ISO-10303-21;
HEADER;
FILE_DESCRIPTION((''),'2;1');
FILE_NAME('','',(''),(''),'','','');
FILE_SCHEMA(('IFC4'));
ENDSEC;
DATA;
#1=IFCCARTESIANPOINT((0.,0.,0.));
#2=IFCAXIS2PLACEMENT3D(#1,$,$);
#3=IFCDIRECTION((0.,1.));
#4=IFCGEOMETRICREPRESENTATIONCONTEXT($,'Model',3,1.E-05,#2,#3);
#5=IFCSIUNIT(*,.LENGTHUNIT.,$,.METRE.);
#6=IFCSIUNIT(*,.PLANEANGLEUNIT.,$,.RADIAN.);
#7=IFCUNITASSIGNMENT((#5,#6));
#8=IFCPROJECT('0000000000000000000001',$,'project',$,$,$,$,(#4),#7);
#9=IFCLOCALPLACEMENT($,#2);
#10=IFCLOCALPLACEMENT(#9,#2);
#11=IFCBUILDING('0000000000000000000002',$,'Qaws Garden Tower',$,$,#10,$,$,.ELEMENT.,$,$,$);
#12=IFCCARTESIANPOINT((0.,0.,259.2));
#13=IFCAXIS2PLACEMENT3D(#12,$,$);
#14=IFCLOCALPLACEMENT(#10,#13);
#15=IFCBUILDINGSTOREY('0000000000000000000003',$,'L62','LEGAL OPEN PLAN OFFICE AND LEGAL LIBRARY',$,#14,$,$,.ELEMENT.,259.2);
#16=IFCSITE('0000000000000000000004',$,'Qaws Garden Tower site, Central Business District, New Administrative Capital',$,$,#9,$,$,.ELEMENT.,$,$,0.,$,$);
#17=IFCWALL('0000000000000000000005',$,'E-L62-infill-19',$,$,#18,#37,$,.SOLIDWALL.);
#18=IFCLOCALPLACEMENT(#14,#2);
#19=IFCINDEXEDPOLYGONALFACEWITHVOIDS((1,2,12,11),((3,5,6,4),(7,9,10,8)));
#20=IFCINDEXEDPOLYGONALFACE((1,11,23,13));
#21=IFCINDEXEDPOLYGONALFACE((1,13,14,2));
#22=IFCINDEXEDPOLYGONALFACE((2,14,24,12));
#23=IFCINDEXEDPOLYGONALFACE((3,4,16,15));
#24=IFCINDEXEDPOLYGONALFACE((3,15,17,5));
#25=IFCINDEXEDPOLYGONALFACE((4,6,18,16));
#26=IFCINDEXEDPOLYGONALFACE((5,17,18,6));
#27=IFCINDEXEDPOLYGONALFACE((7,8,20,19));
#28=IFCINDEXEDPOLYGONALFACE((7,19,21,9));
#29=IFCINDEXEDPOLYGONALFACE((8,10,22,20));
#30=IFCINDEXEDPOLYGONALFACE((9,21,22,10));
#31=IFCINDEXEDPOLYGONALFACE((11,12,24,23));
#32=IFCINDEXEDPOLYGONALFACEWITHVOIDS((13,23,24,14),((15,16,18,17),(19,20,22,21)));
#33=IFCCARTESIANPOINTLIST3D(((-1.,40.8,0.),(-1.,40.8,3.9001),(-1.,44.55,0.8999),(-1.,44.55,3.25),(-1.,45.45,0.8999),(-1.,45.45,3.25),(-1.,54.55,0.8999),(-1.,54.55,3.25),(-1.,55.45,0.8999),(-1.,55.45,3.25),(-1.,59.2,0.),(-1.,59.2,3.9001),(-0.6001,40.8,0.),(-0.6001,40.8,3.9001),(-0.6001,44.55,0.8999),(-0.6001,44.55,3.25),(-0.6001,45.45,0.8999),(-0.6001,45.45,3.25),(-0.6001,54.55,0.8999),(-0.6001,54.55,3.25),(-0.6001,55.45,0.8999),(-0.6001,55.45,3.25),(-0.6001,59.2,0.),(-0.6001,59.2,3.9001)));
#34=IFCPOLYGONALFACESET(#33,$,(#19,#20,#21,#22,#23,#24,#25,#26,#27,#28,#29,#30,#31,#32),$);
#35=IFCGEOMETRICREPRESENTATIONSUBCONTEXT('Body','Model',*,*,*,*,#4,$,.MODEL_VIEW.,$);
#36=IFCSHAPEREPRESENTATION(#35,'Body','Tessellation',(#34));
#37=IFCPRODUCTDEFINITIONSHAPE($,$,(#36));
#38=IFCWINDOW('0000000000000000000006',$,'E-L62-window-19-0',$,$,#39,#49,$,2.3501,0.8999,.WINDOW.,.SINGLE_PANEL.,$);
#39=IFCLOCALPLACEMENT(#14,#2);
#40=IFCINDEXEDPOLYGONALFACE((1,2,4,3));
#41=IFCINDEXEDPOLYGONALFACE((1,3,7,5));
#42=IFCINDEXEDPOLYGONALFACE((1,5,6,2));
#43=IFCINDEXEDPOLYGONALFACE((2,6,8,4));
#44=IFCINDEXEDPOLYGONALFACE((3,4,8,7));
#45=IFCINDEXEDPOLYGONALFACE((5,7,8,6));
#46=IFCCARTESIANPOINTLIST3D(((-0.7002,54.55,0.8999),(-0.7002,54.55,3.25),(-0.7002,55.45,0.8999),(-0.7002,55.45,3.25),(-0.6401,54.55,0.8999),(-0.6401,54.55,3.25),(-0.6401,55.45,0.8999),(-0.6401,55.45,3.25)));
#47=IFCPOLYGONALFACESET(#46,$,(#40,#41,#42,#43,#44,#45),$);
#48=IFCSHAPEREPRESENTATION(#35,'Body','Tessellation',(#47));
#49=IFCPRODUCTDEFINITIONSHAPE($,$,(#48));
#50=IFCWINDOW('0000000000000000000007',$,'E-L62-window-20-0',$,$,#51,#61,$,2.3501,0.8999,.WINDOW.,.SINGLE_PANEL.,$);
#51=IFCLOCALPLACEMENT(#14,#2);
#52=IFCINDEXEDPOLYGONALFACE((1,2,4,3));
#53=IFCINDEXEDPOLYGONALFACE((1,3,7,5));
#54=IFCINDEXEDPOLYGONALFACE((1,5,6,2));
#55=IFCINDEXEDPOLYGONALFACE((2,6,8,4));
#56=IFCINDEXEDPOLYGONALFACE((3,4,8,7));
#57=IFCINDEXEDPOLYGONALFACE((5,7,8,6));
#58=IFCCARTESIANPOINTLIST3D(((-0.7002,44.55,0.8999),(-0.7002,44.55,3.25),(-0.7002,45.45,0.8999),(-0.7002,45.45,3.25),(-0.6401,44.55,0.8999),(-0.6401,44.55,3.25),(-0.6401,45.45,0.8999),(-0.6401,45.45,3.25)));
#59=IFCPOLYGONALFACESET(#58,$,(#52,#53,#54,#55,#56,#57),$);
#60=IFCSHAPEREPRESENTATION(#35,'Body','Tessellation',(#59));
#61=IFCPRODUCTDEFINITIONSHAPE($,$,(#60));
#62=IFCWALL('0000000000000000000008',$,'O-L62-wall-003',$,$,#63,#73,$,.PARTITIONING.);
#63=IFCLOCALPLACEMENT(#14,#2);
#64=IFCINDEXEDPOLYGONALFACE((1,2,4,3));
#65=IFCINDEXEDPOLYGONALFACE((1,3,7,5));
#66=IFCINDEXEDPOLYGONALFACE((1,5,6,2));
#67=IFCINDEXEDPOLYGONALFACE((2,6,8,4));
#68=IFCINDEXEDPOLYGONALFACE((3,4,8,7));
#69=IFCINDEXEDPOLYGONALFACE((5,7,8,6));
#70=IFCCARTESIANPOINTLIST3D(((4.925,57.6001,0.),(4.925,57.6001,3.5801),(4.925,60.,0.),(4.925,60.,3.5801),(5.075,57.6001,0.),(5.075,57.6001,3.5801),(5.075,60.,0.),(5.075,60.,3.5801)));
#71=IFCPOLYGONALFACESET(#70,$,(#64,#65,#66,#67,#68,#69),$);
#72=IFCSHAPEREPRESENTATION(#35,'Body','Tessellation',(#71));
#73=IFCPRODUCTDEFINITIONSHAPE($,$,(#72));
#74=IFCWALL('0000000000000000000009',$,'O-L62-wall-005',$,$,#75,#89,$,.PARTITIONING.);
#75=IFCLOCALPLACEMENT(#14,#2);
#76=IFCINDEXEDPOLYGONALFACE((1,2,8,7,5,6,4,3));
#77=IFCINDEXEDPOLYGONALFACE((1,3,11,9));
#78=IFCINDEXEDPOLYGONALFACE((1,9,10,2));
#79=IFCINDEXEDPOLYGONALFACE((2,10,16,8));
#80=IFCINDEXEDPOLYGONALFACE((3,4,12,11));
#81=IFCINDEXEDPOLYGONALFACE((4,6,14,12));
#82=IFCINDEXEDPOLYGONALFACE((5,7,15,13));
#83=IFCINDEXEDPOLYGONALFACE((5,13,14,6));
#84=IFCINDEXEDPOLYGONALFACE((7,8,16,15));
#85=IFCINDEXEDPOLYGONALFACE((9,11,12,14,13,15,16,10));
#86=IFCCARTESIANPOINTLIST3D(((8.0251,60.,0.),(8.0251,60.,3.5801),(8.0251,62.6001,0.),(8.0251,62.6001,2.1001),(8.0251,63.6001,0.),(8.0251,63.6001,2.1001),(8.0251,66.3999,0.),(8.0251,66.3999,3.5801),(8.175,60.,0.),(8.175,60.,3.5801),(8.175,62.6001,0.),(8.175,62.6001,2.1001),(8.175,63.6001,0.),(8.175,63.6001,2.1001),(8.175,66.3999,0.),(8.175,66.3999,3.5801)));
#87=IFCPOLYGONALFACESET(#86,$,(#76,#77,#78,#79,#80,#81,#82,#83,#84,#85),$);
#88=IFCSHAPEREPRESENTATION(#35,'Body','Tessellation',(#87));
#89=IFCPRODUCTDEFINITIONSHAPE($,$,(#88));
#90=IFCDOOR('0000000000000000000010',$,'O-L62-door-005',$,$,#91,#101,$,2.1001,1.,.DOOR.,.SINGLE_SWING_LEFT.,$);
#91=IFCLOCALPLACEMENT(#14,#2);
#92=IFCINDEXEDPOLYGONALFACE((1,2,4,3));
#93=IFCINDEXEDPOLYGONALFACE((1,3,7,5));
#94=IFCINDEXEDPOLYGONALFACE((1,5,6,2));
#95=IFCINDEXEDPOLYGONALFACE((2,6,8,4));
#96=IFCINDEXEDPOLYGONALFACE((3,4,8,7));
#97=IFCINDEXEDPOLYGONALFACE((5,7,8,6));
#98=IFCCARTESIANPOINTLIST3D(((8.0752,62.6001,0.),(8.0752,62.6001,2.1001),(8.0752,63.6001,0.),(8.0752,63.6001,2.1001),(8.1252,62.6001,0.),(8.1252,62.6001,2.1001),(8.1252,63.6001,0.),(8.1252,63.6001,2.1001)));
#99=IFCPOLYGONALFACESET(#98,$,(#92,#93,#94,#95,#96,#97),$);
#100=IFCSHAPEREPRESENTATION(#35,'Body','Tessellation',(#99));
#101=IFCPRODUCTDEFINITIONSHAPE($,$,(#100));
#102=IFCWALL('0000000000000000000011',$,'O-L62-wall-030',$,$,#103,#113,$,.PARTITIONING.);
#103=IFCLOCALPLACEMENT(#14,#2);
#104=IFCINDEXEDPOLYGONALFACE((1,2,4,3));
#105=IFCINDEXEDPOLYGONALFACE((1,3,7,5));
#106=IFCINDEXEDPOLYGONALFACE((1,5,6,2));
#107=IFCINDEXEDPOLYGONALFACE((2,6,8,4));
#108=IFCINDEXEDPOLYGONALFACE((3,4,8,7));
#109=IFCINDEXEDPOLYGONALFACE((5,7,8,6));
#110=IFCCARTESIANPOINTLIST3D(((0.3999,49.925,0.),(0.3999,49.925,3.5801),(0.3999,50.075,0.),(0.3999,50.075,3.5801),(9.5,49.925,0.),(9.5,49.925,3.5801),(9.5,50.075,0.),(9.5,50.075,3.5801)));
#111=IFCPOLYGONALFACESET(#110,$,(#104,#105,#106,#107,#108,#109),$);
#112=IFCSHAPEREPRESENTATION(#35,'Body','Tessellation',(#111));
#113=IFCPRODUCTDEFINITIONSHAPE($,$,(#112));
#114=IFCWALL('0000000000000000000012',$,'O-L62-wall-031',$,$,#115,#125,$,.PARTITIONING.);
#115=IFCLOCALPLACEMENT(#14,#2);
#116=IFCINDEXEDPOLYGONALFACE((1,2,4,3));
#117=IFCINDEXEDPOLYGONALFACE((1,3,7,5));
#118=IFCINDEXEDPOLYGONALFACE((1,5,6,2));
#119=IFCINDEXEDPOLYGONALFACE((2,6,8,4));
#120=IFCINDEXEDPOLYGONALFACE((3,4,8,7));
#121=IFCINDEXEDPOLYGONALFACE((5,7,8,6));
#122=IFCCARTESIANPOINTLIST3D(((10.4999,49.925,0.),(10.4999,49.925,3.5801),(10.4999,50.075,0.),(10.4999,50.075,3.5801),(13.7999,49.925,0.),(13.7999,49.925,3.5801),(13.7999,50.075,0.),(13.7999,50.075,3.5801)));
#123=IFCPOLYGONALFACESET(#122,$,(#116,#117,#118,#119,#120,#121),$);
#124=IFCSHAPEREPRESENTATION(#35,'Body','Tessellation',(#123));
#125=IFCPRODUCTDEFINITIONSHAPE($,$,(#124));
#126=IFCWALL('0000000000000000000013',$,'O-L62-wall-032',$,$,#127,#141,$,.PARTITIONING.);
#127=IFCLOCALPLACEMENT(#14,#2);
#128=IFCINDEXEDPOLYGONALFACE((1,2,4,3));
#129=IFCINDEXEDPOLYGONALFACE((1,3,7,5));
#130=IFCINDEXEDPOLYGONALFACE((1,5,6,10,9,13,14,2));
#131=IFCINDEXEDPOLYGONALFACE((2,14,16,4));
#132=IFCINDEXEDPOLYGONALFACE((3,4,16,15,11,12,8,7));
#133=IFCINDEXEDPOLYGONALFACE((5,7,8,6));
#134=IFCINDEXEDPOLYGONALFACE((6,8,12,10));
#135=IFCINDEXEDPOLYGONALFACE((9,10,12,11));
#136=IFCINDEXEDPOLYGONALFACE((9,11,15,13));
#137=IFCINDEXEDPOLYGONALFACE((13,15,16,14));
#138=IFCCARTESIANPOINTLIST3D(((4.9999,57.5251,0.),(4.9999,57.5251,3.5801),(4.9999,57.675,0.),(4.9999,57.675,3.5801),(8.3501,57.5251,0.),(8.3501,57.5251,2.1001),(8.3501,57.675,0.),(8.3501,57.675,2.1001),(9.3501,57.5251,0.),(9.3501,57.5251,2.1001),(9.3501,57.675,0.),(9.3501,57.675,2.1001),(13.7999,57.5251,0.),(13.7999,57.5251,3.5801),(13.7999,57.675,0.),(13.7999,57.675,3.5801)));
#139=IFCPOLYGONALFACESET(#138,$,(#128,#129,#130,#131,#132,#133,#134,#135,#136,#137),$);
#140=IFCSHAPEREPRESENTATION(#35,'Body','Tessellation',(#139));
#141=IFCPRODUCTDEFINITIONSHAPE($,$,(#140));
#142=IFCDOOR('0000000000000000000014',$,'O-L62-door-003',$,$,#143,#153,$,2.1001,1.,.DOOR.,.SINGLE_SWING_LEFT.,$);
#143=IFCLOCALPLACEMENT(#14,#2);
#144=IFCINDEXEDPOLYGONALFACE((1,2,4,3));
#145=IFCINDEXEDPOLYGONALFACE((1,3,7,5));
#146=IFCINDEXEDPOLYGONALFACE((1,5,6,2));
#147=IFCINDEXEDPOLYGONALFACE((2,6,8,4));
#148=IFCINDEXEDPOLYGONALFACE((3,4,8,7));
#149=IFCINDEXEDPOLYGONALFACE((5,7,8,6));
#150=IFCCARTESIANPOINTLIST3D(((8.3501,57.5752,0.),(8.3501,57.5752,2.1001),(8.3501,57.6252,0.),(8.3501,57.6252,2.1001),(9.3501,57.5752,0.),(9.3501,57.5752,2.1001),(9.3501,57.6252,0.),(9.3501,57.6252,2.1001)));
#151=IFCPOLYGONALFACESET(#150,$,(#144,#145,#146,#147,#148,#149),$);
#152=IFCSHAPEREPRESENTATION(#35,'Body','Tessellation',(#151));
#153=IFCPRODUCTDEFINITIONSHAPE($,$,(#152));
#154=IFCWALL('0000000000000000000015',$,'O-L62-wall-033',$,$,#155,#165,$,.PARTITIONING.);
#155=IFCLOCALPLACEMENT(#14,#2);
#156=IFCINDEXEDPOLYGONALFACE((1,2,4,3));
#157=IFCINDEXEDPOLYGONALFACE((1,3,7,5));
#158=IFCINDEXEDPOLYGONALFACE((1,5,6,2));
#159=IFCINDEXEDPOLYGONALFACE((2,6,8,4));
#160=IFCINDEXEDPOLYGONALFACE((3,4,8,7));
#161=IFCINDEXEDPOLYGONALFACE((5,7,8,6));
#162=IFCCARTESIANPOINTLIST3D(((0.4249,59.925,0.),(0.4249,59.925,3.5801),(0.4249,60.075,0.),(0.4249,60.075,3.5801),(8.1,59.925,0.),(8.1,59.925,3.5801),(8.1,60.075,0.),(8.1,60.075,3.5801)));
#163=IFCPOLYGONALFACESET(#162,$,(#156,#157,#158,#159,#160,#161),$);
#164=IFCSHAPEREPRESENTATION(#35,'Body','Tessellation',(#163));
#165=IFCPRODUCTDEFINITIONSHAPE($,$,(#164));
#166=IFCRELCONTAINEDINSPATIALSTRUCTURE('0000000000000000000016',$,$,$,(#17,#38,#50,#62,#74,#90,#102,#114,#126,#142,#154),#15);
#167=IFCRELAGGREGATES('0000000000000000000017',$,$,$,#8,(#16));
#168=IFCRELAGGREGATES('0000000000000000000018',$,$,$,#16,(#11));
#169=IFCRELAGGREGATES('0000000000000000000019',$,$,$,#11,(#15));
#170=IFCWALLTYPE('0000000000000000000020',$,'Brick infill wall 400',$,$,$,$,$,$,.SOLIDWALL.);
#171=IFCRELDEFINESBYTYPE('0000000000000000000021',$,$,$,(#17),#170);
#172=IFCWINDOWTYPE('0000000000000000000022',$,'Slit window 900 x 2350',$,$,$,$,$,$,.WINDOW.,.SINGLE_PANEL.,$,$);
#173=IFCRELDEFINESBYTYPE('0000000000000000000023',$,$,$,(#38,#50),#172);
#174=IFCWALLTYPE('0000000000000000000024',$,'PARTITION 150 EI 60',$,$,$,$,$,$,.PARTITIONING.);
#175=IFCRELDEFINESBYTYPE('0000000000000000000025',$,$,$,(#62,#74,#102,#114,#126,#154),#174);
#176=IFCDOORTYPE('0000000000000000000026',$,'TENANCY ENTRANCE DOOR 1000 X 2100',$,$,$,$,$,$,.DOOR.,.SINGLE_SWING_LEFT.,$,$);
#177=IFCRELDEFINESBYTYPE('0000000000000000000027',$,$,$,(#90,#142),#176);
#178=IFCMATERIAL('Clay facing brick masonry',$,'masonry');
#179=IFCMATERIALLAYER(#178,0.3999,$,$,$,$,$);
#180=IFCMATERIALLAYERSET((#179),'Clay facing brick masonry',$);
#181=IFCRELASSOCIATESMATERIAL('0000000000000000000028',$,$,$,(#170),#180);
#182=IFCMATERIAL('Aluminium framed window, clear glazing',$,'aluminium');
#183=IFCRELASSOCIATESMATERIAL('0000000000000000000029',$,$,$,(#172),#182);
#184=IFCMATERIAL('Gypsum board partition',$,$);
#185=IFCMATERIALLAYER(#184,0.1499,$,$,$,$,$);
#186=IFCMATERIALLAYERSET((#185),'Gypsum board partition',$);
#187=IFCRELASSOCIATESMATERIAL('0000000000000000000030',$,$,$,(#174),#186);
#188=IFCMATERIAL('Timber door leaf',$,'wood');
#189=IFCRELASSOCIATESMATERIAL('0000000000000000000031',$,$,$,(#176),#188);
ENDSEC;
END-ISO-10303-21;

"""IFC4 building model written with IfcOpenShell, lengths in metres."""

from ifc_helpers import new_model, si_unit, direction, frame, frame_2d, origin, place, context, subcontext, project, spatial, rectangle, extrude, material, layer, layer_set, type_object, element, fill, save


model = new_model("IFC4")

# Units and contexts
model_context = context("Model", 3, precision=1e-05, world=origin(), true_north=direction((0.0, 1.0)))
body_context = subcontext(model_context, "Body", "Model", "MODEL_VIEW")
ifc_project = project(units=[si_unit("LENGTHUNIT", "METRE"), si_unit("PLANEANGLEUNIT", "RADIAN")], contexts=[model_context])

# Site, building, storey
site_placement = place(None, origin())
site = spatial("IfcSite", under=ifc_project, at=site_placement, Name="Qaws Garden Tower site, Central Business District, New Administrative Capital", CompositionType="ELEMENT", RefElevation=0.0)
building_placement = place(site_placement, origin())
building = spatial("IfcBuilding", under=site, at=building_placement, Name="Qaws Garden Tower", CompositionType="ELEMENT")
storey_placement = place(building_placement, frame((0.0, 0.0, 259.2)))
storey = spatial("IfcBuildingStorey", under=building, at=storey_placement, Name="L62", Description="LEGAL OPEN PLAN OFFICE AND LEGAL LIBRARY", CompositionType="ELEMENT", Elevation=259.2)

# Shared definitions
ifc_material_1 = material(Name="Clay facing brick masonry", Category="masonry")
ifc_layer_1 = layer(ifc_material_1, 0.3999)
ifc_layer_set_1 = layer_set([ifc_layer_1], Name="Clay facing brick masonry")
wall_type_1 = type_object("IfcWallType", Name="Brick infill wall 400", PredefinedType="SOLIDWALL", material=ifc_layer_set_1)

# Wall, openings, windows
wall_1_placement = place(storey_placement, frame((-0.8, 59.2, 0.0), z_axis=(0.0, 0.0, 1.0), x_axis=(0.0, -1.0, 0.0)))
wall_1 = element("IfcWall", 1, at=wall_1_placement, inside=storey, type_object=wall_type_1, Name="E-L62-infill-19", PredefinedType="SOLIDWALL", context=body_context, shape_type="SweptSolid", body=[
    extrude(rectangle(XDim=18.3999, YDim=0.3999, at=frame_2d((9.2, 0.0))), origin(), (0.0, 0.0, 1.0), 3.9001),
])
opening_1_placement = place(wall_1_placement, frame((3.75, 0.0, 0.8999)))
opening_1 = element("IfcOpeningElement", 2, at=opening_1_placement, cuts=wall_1, PredefinedType="OPENING", context=body_context, shape_type="SweptSolid", body=[
    extrude(rectangle(XDim=0.8999, YDim=2.3501, at=frame_2d((0.45, 1.175))), frame((0.0, 0.21, 0.0), z_axis=(0.0, -1.0, 0.0), x_axis=(1.0, 0.0, 0.0)), (0.0, 0.0, 1.0), 0.4199),
])
opening_2_placement = place(wall_1_placement, frame((13.75, 0.0, 0.8999)))
opening_2 = element("IfcOpeningElement", 3, at=opening_2_placement, cuts=wall_1, PredefinedType="OPENING", context=body_context, shape_type="SweptSolid", body=[
    extrude(rectangle(XDim=0.8999, YDim=2.3501, at=frame_2d((0.45, 1.175))), frame((0.0, 0.21, 0.0), z_axis=(0.0, -1.0, 0.0), x_axis=(1.0, 0.0, 0.0)), (0.0, 0.0, 1.0), 0.4199),
])
ifc_material_2 = material(Name="Aluminium framed window, clear glazing", Category="aluminium")
window_type_1 = type_object("IfcWindowType", Name="Slit window 900 x 2350", PartitioningType="SINGLE_PANEL", PredefinedType="WINDOW", material=ifc_material_2)
window_1_placement = place(opening_1_placement, origin())
window_1 = element("IfcWindow", 4, at=window_1_placement, inside=storey, type_object=window_type_1, Name="E-L62-window-19-0", OverallHeight=2.3501, OverallWidth=0.8999, PartitioningType="SINGLE_PANEL", PredefinedType="WINDOW", context=body_context, shape_type="SweptSolid", body=[
    extrude(rectangle(XDim=0.8999, YDim=2.3501, at=frame_2d((0.45, 1.175))), frame((0.0, 0.1599, 0.0), z_axis=(0.0, -1.0, 0.0), x_axis=(1.0, 0.0, 0.0)), (0.0, 0.0, 1.0), 0.0601),
])
fill(opening_1, window_1)
window_2_placement = place(opening_2_placement, origin())
window_2 = element("IfcWindow", 5, at=window_2_placement, inside=storey, type_object=window_type_1, Name="E-L62-window-20-0", OverallHeight=2.3501, OverallWidth=0.8999, PartitioningType="SINGLE_PANEL", PredefinedType="WINDOW", context=body_context, shape_type="SweptSolid", body=[
    extrude(rectangle(XDim=0.8999, YDim=2.3501, at=frame_2d((0.45, 1.175))), frame((0.0, 0.1599, 0.0), z_axis=(0.0, -1.0, 0.0), x_axis=(1.0, 0.0, 0.0)), (0.0, 0.0, 1.0), 0.0601),
])
fill(opening_2, window_2)

# Wall
ifc_material_3 = material(Name="Gypsum board partition")
ifc_layer_2 = layer(ifc_material_3, 0.1499)
ifc_layer_set_2 = layer_set([ifc_layer_2], Name="Gypsum board partition")
wall_type_2 = type_object("IfcWallType", Name="PARTITION 150 EI 60", PredefinedType="PARTITIONING", material=ifc_layer_set_2)
wall_2_placement = place(storey_placement, frame((5.0, 57.6001, 0.0), z_axis=(0.0, 0.0, 1.0), x_axis=(0.0, 1.0, 0.0)))
element("IfcWall", 6, at=wall_2_placement, inside=storey, type_object=wall_type_2, Name="O-L62-wall-003", PredefinedType="PARTITIONING", context=body_context, shape_type="SweptSolid", body=[
    extrude(rectangle(XDim=2.3999, YDim=0.1499, at=frame_2d((1.2, 0.0))), origin(), (0.0, 0.0, 1.0), 3.5801),
])

# Wall, opening, door
wall_3_placement = place(storey_placement, frame((8.1001, 60.0, 0.0), z_axis=(0.0, 0.0, 1.0), x_axis=(0.0, 1.0, 0.0)))
wall_3 = element("IfcWall", 7, at=wall_3_placement, inside=storey, type_object=wall_type_2, Name="O-L62-wall-005", PredefinedType="PARTITIONING", context=body_context, shape_type="SweptSolid", body=[
    extrude(rectangle(XDim=6.3999, YDim=0.1499, at=frame_2d((3.2, 0.0))), origin(), (0.0, 0.0, 1.0), 3.5801),
])
opening_3_placement = place(wall_3_placement, frame((2.6001, 0.0, 0.0)))
opening_3 = element("IfcOpeningElement", 8, at=opening_3_placement, cuts=wall_3, PredefinedType="OPENING", context=body_context, shape_type="SweptSolid", body=[
    extrude(rectangle(XDim=1.0, YDim=2.1001, at=frame_2d((0.5, 1.05))), frame((0.0, 0.085, 0.0), z_axis=(0.0, -1.0, 0.0), x_axis=(1.0, 0.0, 0.0)), (0.0, 0.0, 1.0), 0.1699),
])
ifc_material_4 = material(Name="Timber door leaf", Category="wood")
door_type = type_object("IfcDoorType", Name="TENANCY ENTRANCE DOOR 1000 X 2100", OperationType="SINGLE_SWING_LEFT", PredefinedType="DOOR", material=ifc_material_4)
door_1_placement = place(opening_3_placement, origin())
door_1 = element("IfcDoor", 9, at=door_1_placement, inside=storey, type_object=door_type, Name="O-L62-door-005", OperationType="SINGLE_SWING_LEFT", OverallHeight=2.1001, OverallWidth=1.0, PredefinedType="DOOR", context=body_context, shape_type="SweptSolid", body=[
    extrude(rectangle(XDim=1.0, YDim=2.1001, at=frame_2d((0.5, 1.05))), frame((0.0, 0.0249, 0.0), z_axis=(0.0, -1.0, 0.0), x_axis=(1.0, 0.0, 0.0)), (0.0, 0.0, 1.0), 0.05),
])
fill(opening_3, door_1)

# Walls
wall_4_placement = place(storey_placement, frame((0.3999, 50.0, 0.0), z_axis=(0.0, 0.0, 1.0), x_axis=(1.0, 0.0, 0.0)))
element("IfcWall", 10, at=wall_4_placement, inside=storey, type_object=wall_type_2, Name="O-L62-wall-030", PredefinedType="PARTITIONING", context=body_context, shape_type="SweptSolid", body=[
    extrude(rectangle(XDim=9.1001, YDim=0.1499, at=frame_2d((4.55, 0.0))), origin(), (0.0, 0.0, 1.0), 3.5801),
])
wall_5_placement = place(storey_placement, frame((10.5, 50.0, 0.0), z_axis=(0.0, 0.0, 1.0), x_axis=(1.0, 0.0, 0.0)))
element("IfcWall", 11, at=wall_5_placement, inside=storey, type_object=wall_type_2, Name="O-L62-wall-031", PredefinedType="PARTITIONING", context=body_context, shape_type="SweptSolid", body=[
    extrude(rectangle(XDim=3.3, YDim=0.1499, at=frame_2d((1.6499, 0.0))), origin(), (0.0, 0.0, 1.0), 3.5801),
])

# Wall, opening, door
wall_6_placement = place(storey_placement, frame((5.0, 57.6001, 0.0), z_axis=(0.0, 0.0, 1.0), x_axis=(1.0, 0.0, 0.0)))
wall_6 = element("IfcWall", 12, at=wall_6_placement, inside=storey, type_object=wall_type_2, Name="O-L62-wall-032", PredefinedType="PARTITIONING", context=body_context, shape_type="SweptSolid", body=[
    extrude(rectangle(XDim=8.8, YDim=0.1499, at=frame_2d((4.3999, 0.0))), origin(), (0.0, 0.0, 1.0), 3.5801),
])
opening_4_placement = place(wall_6_placement, frame((3.3501, 0.0, 0.0)))
opening_4 = element("IfcOpeningElement", 13, at=opening_4_placement, cuts=wall_6, PredefinedType="OPENING", context=body_context, shape_type="SweptSolid", body=[
    extrude(rectangle(XDim=1.0, YDim=2.1001, at=frame_2d((0.5, 1.05))), frame((0.0, 0.085, 0.0), z_axis=(0.0, -1.0, 0.0), x_axis=(1.0, 0.0, 0.0)), (0.0, 0.0, 1.0), 0.1699),
])
door_2_placement = place(opening_4_placement, frame((1.0, 0.0, 0.0), z_axis=(0.0, 0.0, 1.0), x_axis=(-1.0, 0.0, 0.0)))
door_2 = element("IfcDoor", 14, at=door_2_placement, inside=storey, type_object=door_type, Name="O-L62-door-003", OperationType="SINGLE_SWING_LEFT", OverallHeight=2.1001, OverallWidth=1.0, PredefinedType="DOOR", context=body_context, shape_type="SweptSolid", body=[
    extrude(rectangle(XDim=1.0, YDim=2.1001, at=frame_2d((0.5, 1.05))), frame((0.0, 0.0249, 0.0), z_axis=(0.0, -1.0, 0.0), x_axis=(1.0, 0.0, 0.0)), (0.0, 0.0, 1.0), 0.05),
])
fill(opening_4, door_2)

# Wall
wall_7_placement = place(storey_placement, frame((0.425, 60.0, 0.0), z_axis=(0.0, 0.0, 1.0), x_axis=(1.0, 0.0, 0.0)))
element("IfcWall", 15, at=wall_7_placement, inside=storey, type_object=wall_type_2, Name="O-L62-wall-033", PredefinedType="PARTITIONING", context=body_context, shape_type="SweptSolid", body=[
    extrude(rectangle(XDim=7.675, YDim=0.1499, at=frame_2d((3.8374, 0.0))), origin(), (0.0, 0.0, 1.0), 3.5801),
])

save(model, "model.ifc")
